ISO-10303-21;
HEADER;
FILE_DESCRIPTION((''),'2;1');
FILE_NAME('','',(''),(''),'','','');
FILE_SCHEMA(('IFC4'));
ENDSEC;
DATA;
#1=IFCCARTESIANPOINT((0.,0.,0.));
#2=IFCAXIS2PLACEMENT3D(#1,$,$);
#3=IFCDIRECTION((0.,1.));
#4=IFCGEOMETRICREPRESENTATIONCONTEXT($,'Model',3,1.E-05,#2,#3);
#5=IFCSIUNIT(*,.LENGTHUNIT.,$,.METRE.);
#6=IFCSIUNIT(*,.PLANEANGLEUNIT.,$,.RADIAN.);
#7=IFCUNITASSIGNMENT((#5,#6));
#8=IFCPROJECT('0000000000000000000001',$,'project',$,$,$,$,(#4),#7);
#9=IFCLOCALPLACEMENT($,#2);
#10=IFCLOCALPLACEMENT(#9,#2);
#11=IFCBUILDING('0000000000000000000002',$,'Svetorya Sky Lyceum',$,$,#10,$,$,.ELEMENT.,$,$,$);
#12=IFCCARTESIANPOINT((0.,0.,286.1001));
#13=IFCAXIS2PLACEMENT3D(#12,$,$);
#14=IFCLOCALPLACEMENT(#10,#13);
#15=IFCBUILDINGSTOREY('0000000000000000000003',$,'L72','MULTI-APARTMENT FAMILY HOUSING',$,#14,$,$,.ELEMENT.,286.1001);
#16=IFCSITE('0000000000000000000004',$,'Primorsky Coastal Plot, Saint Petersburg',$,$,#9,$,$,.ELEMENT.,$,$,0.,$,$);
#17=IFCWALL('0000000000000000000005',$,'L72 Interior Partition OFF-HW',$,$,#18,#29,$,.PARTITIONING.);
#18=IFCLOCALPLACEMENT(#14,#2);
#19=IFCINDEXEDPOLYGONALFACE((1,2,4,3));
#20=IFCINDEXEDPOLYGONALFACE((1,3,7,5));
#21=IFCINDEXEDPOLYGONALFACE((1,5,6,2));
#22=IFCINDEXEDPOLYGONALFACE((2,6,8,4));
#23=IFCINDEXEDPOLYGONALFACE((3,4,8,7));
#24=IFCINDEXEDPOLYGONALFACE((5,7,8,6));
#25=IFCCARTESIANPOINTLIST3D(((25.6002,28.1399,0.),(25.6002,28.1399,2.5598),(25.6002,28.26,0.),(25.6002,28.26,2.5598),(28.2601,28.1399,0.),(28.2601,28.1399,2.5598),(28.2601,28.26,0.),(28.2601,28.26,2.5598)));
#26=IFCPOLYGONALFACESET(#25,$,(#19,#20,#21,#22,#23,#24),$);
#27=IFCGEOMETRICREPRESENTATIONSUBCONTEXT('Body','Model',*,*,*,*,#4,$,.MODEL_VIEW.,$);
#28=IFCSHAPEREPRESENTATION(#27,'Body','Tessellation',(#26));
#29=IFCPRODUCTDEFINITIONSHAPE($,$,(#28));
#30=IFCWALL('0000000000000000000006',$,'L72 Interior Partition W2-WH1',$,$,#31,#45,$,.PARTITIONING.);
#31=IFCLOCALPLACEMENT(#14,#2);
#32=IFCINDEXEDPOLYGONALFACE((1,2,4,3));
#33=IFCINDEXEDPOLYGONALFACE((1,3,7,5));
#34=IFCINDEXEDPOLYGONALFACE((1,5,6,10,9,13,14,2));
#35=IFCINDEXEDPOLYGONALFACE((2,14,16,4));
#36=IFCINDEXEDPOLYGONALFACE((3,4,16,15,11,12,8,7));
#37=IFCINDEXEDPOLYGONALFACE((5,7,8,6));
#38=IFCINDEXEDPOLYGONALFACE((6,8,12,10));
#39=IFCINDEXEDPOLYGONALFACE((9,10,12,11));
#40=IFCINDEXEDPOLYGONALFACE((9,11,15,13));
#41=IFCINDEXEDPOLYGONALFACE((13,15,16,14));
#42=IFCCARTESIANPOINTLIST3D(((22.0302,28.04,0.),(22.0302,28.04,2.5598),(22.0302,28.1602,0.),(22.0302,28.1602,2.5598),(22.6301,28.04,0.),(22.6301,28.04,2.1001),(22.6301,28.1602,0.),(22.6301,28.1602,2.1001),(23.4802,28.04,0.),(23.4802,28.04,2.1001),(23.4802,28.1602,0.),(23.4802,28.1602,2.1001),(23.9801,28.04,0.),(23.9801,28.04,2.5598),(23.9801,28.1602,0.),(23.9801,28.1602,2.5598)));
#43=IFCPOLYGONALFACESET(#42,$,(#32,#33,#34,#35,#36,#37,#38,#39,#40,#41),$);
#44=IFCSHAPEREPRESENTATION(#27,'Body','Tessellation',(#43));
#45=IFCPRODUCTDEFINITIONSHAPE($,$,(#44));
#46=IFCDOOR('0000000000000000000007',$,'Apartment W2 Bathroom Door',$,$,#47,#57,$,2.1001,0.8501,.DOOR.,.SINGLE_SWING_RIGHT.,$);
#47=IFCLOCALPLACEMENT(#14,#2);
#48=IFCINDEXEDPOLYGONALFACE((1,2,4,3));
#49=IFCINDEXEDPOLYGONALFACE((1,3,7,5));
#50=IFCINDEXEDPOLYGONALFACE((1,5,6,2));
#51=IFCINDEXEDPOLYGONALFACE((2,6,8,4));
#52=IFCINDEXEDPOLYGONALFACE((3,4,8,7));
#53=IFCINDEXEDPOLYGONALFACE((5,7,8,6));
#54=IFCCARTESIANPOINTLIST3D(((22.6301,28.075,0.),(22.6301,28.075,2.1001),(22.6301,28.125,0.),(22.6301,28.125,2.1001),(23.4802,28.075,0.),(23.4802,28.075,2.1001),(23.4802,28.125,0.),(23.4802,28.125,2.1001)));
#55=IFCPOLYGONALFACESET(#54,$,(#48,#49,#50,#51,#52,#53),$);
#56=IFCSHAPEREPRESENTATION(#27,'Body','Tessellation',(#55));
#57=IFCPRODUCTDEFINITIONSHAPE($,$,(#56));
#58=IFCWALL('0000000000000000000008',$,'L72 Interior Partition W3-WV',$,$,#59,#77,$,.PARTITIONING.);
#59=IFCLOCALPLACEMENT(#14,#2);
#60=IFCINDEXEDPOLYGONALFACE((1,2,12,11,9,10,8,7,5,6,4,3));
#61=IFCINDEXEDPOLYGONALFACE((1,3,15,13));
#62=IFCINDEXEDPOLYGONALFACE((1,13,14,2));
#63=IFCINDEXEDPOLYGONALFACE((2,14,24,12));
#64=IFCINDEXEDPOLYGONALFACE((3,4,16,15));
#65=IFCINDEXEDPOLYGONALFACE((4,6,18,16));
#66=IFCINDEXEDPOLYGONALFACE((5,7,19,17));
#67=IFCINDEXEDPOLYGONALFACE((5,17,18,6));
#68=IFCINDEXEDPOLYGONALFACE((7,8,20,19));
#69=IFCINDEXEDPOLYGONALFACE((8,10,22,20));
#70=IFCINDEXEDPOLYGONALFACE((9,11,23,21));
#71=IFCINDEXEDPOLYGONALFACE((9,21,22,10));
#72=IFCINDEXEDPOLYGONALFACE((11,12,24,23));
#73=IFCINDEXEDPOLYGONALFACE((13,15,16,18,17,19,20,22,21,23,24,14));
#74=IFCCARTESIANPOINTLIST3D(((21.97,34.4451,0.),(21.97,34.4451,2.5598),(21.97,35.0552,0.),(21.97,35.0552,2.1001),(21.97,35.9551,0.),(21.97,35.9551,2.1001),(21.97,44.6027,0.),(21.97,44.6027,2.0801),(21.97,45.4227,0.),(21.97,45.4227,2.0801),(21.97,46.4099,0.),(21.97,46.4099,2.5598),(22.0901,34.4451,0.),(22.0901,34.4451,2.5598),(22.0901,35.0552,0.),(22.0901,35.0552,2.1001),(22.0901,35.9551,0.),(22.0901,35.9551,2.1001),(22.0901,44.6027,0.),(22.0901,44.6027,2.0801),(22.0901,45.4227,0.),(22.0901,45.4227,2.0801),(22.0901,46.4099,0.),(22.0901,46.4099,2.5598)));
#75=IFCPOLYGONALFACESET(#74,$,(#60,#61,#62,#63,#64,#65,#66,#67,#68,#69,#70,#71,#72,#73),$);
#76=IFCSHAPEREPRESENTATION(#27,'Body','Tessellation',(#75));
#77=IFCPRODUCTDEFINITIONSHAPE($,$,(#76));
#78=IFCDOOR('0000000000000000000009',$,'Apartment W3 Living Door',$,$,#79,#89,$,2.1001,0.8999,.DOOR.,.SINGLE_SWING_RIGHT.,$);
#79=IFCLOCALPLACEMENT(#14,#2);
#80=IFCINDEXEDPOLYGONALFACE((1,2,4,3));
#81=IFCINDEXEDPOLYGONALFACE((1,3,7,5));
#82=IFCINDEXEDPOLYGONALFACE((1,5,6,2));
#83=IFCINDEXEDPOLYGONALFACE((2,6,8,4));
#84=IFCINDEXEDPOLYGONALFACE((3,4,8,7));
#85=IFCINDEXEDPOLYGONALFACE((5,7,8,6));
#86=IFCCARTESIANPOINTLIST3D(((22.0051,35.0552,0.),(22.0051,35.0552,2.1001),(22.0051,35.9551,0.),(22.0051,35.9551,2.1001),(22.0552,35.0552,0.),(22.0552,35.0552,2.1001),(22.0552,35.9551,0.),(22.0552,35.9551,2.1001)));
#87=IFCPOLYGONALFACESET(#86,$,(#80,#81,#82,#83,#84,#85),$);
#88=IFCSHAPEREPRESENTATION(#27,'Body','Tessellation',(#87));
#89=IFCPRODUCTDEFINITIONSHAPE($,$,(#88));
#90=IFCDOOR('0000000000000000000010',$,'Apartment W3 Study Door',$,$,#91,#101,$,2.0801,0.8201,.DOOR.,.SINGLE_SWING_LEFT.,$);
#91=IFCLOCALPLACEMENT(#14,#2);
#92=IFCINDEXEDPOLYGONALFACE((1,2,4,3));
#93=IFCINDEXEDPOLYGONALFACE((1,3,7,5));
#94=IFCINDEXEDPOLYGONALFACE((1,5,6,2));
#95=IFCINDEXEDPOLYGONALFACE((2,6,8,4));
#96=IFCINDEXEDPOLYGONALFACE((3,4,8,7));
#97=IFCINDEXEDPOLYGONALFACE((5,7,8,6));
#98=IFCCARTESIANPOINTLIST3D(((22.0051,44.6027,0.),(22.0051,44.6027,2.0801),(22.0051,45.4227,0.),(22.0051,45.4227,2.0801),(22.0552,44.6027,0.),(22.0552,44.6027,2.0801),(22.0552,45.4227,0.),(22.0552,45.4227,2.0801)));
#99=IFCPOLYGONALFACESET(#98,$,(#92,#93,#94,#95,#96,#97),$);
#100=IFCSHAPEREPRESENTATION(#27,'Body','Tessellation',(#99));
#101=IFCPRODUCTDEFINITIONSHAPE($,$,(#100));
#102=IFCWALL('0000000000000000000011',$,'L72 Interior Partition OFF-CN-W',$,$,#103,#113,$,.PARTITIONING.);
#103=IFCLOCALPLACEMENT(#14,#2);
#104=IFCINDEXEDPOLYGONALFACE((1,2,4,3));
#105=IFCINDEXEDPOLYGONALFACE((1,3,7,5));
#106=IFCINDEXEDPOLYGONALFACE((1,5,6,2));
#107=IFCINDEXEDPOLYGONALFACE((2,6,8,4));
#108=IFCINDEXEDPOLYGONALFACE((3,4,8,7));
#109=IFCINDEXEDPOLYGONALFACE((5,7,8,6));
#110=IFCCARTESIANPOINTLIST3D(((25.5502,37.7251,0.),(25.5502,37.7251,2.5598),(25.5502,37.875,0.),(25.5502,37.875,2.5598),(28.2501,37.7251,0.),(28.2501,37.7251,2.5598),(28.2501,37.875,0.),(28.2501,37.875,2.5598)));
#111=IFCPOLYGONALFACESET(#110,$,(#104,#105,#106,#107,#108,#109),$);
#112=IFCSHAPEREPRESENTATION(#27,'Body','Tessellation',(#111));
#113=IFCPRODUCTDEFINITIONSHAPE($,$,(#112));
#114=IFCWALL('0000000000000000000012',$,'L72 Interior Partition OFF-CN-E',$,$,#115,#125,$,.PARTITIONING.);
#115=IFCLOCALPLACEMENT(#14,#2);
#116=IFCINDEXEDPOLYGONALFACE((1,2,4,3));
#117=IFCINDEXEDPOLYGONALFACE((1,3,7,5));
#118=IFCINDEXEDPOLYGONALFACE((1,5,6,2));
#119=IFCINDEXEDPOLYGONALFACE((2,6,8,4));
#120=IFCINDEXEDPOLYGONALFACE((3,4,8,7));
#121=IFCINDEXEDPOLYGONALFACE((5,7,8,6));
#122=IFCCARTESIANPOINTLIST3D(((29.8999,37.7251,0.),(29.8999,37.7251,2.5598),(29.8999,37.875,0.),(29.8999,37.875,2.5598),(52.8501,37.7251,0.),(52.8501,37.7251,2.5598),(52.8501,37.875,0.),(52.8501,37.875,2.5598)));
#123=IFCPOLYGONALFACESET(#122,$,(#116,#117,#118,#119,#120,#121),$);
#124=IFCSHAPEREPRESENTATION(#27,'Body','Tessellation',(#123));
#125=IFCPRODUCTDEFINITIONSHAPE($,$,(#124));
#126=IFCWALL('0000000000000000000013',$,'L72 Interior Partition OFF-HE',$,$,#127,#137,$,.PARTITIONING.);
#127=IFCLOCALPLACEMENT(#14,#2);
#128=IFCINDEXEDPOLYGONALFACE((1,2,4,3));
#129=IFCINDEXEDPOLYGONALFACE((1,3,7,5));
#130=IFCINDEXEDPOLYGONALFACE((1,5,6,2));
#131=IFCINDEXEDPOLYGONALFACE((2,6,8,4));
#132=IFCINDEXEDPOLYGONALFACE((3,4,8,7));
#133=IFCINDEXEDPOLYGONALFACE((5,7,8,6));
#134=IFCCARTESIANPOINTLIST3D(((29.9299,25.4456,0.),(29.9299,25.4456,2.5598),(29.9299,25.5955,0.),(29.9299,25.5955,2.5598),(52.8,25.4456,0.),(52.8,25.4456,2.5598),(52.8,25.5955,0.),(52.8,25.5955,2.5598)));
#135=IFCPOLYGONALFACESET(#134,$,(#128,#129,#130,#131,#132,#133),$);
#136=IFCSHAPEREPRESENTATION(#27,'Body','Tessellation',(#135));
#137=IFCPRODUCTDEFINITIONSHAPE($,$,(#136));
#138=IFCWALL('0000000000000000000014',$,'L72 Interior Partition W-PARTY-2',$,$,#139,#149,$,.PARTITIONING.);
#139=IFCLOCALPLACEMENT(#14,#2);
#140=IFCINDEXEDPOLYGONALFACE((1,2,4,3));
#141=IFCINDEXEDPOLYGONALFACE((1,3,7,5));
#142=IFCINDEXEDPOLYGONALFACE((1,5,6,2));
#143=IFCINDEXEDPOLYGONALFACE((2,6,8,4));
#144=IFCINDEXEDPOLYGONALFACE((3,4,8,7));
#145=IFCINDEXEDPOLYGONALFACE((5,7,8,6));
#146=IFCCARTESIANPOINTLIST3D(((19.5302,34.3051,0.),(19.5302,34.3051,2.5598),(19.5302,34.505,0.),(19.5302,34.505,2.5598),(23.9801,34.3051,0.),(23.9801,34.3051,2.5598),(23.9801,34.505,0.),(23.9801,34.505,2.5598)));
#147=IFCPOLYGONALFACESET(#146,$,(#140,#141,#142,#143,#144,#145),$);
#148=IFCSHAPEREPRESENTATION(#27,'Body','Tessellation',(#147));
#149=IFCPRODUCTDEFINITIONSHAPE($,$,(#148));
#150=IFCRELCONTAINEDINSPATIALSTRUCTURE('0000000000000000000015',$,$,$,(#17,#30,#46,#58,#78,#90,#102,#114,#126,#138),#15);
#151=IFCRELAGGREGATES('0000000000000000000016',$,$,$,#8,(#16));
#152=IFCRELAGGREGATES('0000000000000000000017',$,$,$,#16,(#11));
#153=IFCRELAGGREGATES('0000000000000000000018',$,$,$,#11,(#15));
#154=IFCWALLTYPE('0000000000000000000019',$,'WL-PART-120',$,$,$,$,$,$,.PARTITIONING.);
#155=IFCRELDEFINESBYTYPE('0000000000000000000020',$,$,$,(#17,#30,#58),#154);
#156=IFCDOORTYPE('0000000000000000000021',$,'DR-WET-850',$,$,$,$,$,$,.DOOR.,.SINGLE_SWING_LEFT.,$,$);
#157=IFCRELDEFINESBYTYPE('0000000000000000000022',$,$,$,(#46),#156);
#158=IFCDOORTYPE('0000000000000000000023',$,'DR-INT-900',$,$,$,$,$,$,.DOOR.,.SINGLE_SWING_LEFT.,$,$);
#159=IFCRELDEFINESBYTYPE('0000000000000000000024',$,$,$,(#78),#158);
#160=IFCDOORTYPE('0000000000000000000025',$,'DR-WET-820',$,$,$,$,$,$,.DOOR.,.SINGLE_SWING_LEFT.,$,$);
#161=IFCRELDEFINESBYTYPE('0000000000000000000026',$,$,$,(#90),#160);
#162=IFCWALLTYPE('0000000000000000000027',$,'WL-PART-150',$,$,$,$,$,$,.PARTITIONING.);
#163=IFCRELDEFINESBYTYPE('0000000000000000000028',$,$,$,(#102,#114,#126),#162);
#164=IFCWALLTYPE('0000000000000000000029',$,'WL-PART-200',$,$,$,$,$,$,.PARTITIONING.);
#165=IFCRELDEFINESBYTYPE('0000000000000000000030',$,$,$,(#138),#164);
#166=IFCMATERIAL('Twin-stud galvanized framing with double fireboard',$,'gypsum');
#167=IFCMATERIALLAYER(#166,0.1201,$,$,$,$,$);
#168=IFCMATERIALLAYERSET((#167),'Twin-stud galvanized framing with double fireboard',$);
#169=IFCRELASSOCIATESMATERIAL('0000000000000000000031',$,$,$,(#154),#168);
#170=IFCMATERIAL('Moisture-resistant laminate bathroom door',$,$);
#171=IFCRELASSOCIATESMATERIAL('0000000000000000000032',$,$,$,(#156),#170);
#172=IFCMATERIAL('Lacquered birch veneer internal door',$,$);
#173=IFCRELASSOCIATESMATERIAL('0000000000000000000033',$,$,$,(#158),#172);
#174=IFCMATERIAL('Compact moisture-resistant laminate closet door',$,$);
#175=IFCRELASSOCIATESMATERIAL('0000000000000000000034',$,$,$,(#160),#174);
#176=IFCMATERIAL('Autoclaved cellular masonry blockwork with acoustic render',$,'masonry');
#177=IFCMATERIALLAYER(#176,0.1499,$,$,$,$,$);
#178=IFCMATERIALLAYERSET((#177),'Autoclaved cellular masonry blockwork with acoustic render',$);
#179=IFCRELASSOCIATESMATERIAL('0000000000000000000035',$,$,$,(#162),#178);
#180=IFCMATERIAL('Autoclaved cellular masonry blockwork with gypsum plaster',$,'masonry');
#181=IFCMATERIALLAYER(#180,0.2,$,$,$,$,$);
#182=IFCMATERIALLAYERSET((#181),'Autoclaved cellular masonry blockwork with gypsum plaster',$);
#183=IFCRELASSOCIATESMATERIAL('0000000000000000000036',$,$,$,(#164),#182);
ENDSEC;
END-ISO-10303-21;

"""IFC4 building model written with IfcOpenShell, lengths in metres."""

from ifc_helpers import new_model, si_unit, direction, frame, frame_2d, origin, place, context, subcontext, project, spatial, rectangle, extrude, material, layer, layer_set, type_object, element, fill, save


model = new_model("IFC4")

# Units and contexts
model_context = context("Model", 3, precision=1e-05, world=origin(), true_north=direction((0.0, 1.0)))
body_context = subcontext(model_context, "Body", "Model", "MODEL_VIEW")
ifc_project = project(units=[si_unit("LENGTHUNIT", "METRE"), si_unit("PLANEANGLEUNIT", "RADIAN")], contexts=[model_context])

# Site, building, storey
site_placement = place(None, origin())
site = spatial("IfcSite", under=ifc_project, at=site_placement, Name="Primorsky Coastal Plot, Saint Petersburg", CompositionType="ELEMENT", RefElevation=0.0)
building_placement = place(site_placement, origin())
building = spatial("IfcBuilding", under=site, at=building_placement, Name="Svetorya Sky Lyceum", CompositionType="ELEMENT")
storey_placement = place(building_placement, frame((0.0, 0.0, 286.1001)))
storey = spatial("IfcBuildingStorey", under=building, at=storey_placement, Name="L72", Description="MULTI-APARTMENT FAMILY HOUSING", CompositionType="ELEMENT", Elevation=286.1001)

# Wall
ifc_material_1 = material(Name="Twin-stud galvanized framing with double fireboard", Category="gypsum")
ifc_layer_1 = layer(ifc_material_1, 0.1201)
ifc_layer_set_1 = layer_set([ifc_layer_1], Name="Twin-stud galvanized framing with double fireboard")
wall_type_1 = type_object("IfcWallType", Name="WL-PART-120", PredefinedType="PARTITIONING", material=ifc_layer_set_1)
wall_1_placement = place(storey_placement, frame((25.6001, 28.2, 0.0), z_axis=(0.0, 0.0, 1.0), x_axis=(1.0, 0.0, 0.0)))
element("IfcWall", 1, at=wall_1_placement, inside=storey, type_object=wall_type_1, Name="L72 Interior Partition OFF-HW", PredefinedType="PARTITIONING", context=body_context, shape_type="SweptSolid", body=[
    extrude(rectangle(XDim=2.6599, YDim=0.1201, at=frame_2d((1.3301, 0.0))), origin(), (0.0, 0.0, 1.0), 2.5598),
])

# Wall, opening, door
wall_2_placement = place(storey_placement, frame((22.03, 28.1001, 0.0), z_axis=(0.0, 0.0, 1.0), x_axis=(1.0, 0.0, 0.0)))
wall_2 = element("IfcWall", 2, at=wall_2_placement, inside=storey, type_object=wall_type_1, Name="L72 Interior Partition W2-WH1", PredefinedType="PARTITIONING", context=body_context, shape_type="SweptSolid", body=[
    extrude(rectangle(XDim=1.95, YDim=0.1201, at=frame_2d((0.9751, 0.0))), origin(), (0.0, 0.0, 1.0), 2.5598),
])
opening_1_placement = place(wall_2_placement, frame((0.6001, 0.0, 0.0)))
opening_1 = element("IfcOpeningElement", 3, at=opening_1_placement, cuts=wall_2, PredefinedType="OPENING", context=body_context, shape_type="SweptSolid", body=[
    extrude(rectangle(XDim=0.8501, YDim=2.1001, at=frame_2d((0.425, 1.05))), frame((0.0, 0.0701, 0.0), z_axis=(0.0, -1.0, 0.0), x_axis=(1.0, 0.0, 0.0)), (0.0, 0.0, 1.0), 0.1401),
])
ifc_material_2 = material(Name="Moisture-resistant laminate bathroom door")
door_type_1 = type_object("IfcDoorType", Name="DR-WET-850", OperationType="SINGLE_SWING_LEFT", PredefinedType="DOOR", material=ifc_material_2)
door_1_placement = place(opening_1_placement, origin())
door_1 = element("IfcDoor", 4, at=door_1_placement, inside=storey, type_object=door_type_1, Name="Apartment W2 Bathroom Door", OperationType="SINGLE_SWING_RIGHT", OverallHeight=2.1001, OverallWidth=0.8501, PredefinedType="DOOR", context=body_context, shape_type="SweptSolid", body=[
    extrude(rectangle(XDim=0.8501, YDim=2.1001, at=frame_2d((0.425, 1.05))), frame((0.0, 0.0249, 0.0), z_axis=(0.0, -1.0, 0.0), x_axis=(1.0, 0.0, 0.0)), (0.0, 0.0, 1.0), 0.05),
])
fill(opening_1, door_1)

# Wall, openings, doors
wall_3_placement = place(storey_placement, frame((22.03, 34.4451, 0.0), z_axis=(0.0, 0.0, 1.0), x_axis=(0.0, 1.0, 0.0)))
wall_3 = element("IfcWall", 5, at=wall_3_placement, inside=storey, type_object=wall_type_1, Name="L72 Interior Partition W3-WV", PredefinedType="PARTITIONING", context=body_context, shape_type="SweptSolid", body=[
    extrude(rectangle(XDim=11.9648, YDim=0.1201, at=frame_2d((5.9824, 0.0))), origin(), (0.0, 0.0, 1.0), 2.5598),
])
opening_2_placement = place(wall_3_placement, frame((0.6101, 0.0, 0.0)))
opening_2 = element("IfcOpeningElement", 6, at=opening_2_placement, cuts=wall_3, PredefinedType="OPENING", context=body_context, shape_type="SweptSolid", body=[
    extrude(rectangle(XDim=0.8999, YDim=2.1001, at=frame_2d((0.45, 1.05))), frame((0.0, 0.0701, 0.0), z_axis=(0.0, -1.0, 0.0), x_axis=(1.0, 0.0, 0.0)), (0.0, 0.0, 1.0), 0.1401),
])
opening_3_placement = place(wall_3_placement, frame((10.1575, 0.0, 0.0)))
opening_3 = element("IfcOpeningElement", 7, at=opening_3_placement, cuts=wall_3, PredefinedType="OPENING", context=body_context, shape_type="SweptSolid", body=[
    extrude(rectangle(XDim=0.8201, YDim=2.0801, at=frame_2d((0.4102, 1.04))), frame((0.0, 0.0701, 0.0), z_axis=(0.0, -1.0, 0.0), x_axis=(1.0, 0.0, 0.0)), (0.0, 0.0, 1.0), 0.1401),
])
ifc_material_3 = material(Name="Lacquered birch veneer internal door")
door_type_2 = type_object("IfcDoorType", Name="DR-INT-900", OperationType="SINGLE_SWING_LEFT", PredefinedType="DOOR", material=ifc_material_3)
door_2_placement = place(opening_2_placement, origin())
door_2 = element("IfcDoor", 8, at=door_2_placement, inside=storey, type_object=door_type_2, Name="Apartment W3 Living Door", OperationType="SINGLE_SWING_RIGHT", OverallHeight=2.1001, OverallWidth=0.8999, PredefinedType="DOOR", context=body_context, shape_type="SweptSolid", body=[
    extrude(rectangle(XDim=0.8999, YDim=2.1001, at=frame_2d((0.45, 1.05))), frame((0.0, 0.0249, 0.0), z_axis=(0.0, -1.0, 0.0), x_axis=(1.0, 0.0, 0.0)), (0.0, 0.0, 1.0), 0.05),
])
fill(opening_2, door_2)
ifc_material_4 = material(Name="Compact moisture-resistant laminate closet door")
door_type_3 = type_object("IfcDoorType", Name="DR-WET-820", OperationType="SINGLE_SWING_LEFT", PredefinedType="DOOR", material=ifc_material_4)
door_3_placement = place(opening_3_placement, origin())
door_3 = element("IfcDoor", 9, at=door_3_placement, inside=storey, type_object=door_type_3, Name="Apartment W3 Study Door", OperationType="SINGLE_SWING_LEFT", OverallHeight=2.0801, OverallWidth=0.8201, PredefinedType="DOOR", context=body_context, shape_type="SweptSolid", body=[
    extrude(rectangle(XDim=0.8201, YDim=2.0801, at=frame_2d((0.4102, 1.04))), frame((0.0, 0.0249, 0.0), z_axis=(0.0, -1.0, 0.0), x_axis=(1.0, 0.0, 0.0)), (0.0, 0.0, 1.0), 0.05),
])
fill(opening_3, door_3)

# Walls
ifc_material_5 = material(Name="Autoclaved cellular masonry blockwork with acoustic render", Category="masonry")
ifc_layer_2 = layer(ifc_material_5, 0.1499)
ifc_layer_set_2 = layer_set([ifc_layer_2], Name="Autoclaved cellular masonry blockwork with acoustic render")
wall_type_2 = type_object("IfcWallType", Name="WL-PART-150", PredefinedType="PARTITIONING", material=ifc_layer_set_2)
wall_4_placement = place(storey_placement, frame((25.55, 37.8, 0.0), z_axis=(0.0, 0.0, 1.0), x_axis=(1.0, 0.0, 0.0)))
element("IfcWall", 10, at=wall_4_placement, inside=storey, type_object=wall_type_2, Name="L72 Interior Partition OFF-CN-W", PredefinedType="PARTITIONING", context=body_context, shape_type="SweptSolid", body=[
    extrude(rectangle(XDim=2.7, YDim=0.1499, at=frame_2d((1.3501, 0.0))), origin(), (0.0, 0.0, 1.0), 2.5598),
])
wall_5_placement = place(storey_placement, frame((29.8999, 37.8, 0.0), z_axis=(0.0, 0.0, 1.0), x_axis=(1.0, 0.0, 0.0)))
element("IfcWall", 11, at=wall_5_placement, inside=storey, type_object=wall_type_2, Name="L72 Interior Partition OFF-CN-E", PredefinedType="PARTITIONING", context=body_context, shape_type="SweptSolid", body=[
    extrude(rectangle(XDim=22.9502, YDim=0.1499, at=frame_2d((11.4751, 0.0))), origin(), (0.0, 0.0, 1.0), 2.5598),
])
wall_6_placement = place(storey_placement, frame((29.9299, 25.5205, 0.0), z_axis=(0.0, 0.0, 1.0), x_axis=(1.0, 0.0, 0.0)))
element("IfcWall", 12, at=wall_6_placement, inside=storey, type_object=wall_type_2, Name="L72 Interior Partition OFF-HE", PredefinedType="PARTITIONING", context=body_context, shape_type="SweptSolid", body=[
    extrude(rectangle(XDim=22.8701, YDim=0.1499, at=frame_2d((11.4351, 0.0))), origin(), (0.0, 0.0, 1.0), 2.5598),
])
ifc_material_6 = material(Name="Autoclaved cellular masonry blockwork with gypsum plaster", Category="masonry")
ifc_layer_3 = layer(ifc_material_6, 0.2)
ifc_layer_set_3 = layer_set([ifc_layer_3], Name="Autoclaved cellular masonry blockwork with gypsum plaster")
wall_type_3 = type_object("IfcWallType", Name="WL-PART-200", PredefinedType="PARTITIONING", material=ifc_layer_set_3)
wall_7_placement = place(storey_placement, frame((19.53, 34.405, 0.0), z_axis=(0.0, 0.0, 1.0), x_axis=(1.0, 0.0, 0.0)))
element("IfcWall", 13, at=wall_7_placement, inside=storey, type_object=wall_type_3, Name="L72 Interior Partition W-PARTY-2", PredefinedType="PARTITIONING", context=body_context, shape_type="SweptSolid", body=[
    extrude(rectangle(XDim=4.45, YDim=0.2, at=frame_2d((2.2251, 0.0))), origin(), (0.0, 0.0, 1.0), 2.5598),
])

save(model, "model.ifc")
